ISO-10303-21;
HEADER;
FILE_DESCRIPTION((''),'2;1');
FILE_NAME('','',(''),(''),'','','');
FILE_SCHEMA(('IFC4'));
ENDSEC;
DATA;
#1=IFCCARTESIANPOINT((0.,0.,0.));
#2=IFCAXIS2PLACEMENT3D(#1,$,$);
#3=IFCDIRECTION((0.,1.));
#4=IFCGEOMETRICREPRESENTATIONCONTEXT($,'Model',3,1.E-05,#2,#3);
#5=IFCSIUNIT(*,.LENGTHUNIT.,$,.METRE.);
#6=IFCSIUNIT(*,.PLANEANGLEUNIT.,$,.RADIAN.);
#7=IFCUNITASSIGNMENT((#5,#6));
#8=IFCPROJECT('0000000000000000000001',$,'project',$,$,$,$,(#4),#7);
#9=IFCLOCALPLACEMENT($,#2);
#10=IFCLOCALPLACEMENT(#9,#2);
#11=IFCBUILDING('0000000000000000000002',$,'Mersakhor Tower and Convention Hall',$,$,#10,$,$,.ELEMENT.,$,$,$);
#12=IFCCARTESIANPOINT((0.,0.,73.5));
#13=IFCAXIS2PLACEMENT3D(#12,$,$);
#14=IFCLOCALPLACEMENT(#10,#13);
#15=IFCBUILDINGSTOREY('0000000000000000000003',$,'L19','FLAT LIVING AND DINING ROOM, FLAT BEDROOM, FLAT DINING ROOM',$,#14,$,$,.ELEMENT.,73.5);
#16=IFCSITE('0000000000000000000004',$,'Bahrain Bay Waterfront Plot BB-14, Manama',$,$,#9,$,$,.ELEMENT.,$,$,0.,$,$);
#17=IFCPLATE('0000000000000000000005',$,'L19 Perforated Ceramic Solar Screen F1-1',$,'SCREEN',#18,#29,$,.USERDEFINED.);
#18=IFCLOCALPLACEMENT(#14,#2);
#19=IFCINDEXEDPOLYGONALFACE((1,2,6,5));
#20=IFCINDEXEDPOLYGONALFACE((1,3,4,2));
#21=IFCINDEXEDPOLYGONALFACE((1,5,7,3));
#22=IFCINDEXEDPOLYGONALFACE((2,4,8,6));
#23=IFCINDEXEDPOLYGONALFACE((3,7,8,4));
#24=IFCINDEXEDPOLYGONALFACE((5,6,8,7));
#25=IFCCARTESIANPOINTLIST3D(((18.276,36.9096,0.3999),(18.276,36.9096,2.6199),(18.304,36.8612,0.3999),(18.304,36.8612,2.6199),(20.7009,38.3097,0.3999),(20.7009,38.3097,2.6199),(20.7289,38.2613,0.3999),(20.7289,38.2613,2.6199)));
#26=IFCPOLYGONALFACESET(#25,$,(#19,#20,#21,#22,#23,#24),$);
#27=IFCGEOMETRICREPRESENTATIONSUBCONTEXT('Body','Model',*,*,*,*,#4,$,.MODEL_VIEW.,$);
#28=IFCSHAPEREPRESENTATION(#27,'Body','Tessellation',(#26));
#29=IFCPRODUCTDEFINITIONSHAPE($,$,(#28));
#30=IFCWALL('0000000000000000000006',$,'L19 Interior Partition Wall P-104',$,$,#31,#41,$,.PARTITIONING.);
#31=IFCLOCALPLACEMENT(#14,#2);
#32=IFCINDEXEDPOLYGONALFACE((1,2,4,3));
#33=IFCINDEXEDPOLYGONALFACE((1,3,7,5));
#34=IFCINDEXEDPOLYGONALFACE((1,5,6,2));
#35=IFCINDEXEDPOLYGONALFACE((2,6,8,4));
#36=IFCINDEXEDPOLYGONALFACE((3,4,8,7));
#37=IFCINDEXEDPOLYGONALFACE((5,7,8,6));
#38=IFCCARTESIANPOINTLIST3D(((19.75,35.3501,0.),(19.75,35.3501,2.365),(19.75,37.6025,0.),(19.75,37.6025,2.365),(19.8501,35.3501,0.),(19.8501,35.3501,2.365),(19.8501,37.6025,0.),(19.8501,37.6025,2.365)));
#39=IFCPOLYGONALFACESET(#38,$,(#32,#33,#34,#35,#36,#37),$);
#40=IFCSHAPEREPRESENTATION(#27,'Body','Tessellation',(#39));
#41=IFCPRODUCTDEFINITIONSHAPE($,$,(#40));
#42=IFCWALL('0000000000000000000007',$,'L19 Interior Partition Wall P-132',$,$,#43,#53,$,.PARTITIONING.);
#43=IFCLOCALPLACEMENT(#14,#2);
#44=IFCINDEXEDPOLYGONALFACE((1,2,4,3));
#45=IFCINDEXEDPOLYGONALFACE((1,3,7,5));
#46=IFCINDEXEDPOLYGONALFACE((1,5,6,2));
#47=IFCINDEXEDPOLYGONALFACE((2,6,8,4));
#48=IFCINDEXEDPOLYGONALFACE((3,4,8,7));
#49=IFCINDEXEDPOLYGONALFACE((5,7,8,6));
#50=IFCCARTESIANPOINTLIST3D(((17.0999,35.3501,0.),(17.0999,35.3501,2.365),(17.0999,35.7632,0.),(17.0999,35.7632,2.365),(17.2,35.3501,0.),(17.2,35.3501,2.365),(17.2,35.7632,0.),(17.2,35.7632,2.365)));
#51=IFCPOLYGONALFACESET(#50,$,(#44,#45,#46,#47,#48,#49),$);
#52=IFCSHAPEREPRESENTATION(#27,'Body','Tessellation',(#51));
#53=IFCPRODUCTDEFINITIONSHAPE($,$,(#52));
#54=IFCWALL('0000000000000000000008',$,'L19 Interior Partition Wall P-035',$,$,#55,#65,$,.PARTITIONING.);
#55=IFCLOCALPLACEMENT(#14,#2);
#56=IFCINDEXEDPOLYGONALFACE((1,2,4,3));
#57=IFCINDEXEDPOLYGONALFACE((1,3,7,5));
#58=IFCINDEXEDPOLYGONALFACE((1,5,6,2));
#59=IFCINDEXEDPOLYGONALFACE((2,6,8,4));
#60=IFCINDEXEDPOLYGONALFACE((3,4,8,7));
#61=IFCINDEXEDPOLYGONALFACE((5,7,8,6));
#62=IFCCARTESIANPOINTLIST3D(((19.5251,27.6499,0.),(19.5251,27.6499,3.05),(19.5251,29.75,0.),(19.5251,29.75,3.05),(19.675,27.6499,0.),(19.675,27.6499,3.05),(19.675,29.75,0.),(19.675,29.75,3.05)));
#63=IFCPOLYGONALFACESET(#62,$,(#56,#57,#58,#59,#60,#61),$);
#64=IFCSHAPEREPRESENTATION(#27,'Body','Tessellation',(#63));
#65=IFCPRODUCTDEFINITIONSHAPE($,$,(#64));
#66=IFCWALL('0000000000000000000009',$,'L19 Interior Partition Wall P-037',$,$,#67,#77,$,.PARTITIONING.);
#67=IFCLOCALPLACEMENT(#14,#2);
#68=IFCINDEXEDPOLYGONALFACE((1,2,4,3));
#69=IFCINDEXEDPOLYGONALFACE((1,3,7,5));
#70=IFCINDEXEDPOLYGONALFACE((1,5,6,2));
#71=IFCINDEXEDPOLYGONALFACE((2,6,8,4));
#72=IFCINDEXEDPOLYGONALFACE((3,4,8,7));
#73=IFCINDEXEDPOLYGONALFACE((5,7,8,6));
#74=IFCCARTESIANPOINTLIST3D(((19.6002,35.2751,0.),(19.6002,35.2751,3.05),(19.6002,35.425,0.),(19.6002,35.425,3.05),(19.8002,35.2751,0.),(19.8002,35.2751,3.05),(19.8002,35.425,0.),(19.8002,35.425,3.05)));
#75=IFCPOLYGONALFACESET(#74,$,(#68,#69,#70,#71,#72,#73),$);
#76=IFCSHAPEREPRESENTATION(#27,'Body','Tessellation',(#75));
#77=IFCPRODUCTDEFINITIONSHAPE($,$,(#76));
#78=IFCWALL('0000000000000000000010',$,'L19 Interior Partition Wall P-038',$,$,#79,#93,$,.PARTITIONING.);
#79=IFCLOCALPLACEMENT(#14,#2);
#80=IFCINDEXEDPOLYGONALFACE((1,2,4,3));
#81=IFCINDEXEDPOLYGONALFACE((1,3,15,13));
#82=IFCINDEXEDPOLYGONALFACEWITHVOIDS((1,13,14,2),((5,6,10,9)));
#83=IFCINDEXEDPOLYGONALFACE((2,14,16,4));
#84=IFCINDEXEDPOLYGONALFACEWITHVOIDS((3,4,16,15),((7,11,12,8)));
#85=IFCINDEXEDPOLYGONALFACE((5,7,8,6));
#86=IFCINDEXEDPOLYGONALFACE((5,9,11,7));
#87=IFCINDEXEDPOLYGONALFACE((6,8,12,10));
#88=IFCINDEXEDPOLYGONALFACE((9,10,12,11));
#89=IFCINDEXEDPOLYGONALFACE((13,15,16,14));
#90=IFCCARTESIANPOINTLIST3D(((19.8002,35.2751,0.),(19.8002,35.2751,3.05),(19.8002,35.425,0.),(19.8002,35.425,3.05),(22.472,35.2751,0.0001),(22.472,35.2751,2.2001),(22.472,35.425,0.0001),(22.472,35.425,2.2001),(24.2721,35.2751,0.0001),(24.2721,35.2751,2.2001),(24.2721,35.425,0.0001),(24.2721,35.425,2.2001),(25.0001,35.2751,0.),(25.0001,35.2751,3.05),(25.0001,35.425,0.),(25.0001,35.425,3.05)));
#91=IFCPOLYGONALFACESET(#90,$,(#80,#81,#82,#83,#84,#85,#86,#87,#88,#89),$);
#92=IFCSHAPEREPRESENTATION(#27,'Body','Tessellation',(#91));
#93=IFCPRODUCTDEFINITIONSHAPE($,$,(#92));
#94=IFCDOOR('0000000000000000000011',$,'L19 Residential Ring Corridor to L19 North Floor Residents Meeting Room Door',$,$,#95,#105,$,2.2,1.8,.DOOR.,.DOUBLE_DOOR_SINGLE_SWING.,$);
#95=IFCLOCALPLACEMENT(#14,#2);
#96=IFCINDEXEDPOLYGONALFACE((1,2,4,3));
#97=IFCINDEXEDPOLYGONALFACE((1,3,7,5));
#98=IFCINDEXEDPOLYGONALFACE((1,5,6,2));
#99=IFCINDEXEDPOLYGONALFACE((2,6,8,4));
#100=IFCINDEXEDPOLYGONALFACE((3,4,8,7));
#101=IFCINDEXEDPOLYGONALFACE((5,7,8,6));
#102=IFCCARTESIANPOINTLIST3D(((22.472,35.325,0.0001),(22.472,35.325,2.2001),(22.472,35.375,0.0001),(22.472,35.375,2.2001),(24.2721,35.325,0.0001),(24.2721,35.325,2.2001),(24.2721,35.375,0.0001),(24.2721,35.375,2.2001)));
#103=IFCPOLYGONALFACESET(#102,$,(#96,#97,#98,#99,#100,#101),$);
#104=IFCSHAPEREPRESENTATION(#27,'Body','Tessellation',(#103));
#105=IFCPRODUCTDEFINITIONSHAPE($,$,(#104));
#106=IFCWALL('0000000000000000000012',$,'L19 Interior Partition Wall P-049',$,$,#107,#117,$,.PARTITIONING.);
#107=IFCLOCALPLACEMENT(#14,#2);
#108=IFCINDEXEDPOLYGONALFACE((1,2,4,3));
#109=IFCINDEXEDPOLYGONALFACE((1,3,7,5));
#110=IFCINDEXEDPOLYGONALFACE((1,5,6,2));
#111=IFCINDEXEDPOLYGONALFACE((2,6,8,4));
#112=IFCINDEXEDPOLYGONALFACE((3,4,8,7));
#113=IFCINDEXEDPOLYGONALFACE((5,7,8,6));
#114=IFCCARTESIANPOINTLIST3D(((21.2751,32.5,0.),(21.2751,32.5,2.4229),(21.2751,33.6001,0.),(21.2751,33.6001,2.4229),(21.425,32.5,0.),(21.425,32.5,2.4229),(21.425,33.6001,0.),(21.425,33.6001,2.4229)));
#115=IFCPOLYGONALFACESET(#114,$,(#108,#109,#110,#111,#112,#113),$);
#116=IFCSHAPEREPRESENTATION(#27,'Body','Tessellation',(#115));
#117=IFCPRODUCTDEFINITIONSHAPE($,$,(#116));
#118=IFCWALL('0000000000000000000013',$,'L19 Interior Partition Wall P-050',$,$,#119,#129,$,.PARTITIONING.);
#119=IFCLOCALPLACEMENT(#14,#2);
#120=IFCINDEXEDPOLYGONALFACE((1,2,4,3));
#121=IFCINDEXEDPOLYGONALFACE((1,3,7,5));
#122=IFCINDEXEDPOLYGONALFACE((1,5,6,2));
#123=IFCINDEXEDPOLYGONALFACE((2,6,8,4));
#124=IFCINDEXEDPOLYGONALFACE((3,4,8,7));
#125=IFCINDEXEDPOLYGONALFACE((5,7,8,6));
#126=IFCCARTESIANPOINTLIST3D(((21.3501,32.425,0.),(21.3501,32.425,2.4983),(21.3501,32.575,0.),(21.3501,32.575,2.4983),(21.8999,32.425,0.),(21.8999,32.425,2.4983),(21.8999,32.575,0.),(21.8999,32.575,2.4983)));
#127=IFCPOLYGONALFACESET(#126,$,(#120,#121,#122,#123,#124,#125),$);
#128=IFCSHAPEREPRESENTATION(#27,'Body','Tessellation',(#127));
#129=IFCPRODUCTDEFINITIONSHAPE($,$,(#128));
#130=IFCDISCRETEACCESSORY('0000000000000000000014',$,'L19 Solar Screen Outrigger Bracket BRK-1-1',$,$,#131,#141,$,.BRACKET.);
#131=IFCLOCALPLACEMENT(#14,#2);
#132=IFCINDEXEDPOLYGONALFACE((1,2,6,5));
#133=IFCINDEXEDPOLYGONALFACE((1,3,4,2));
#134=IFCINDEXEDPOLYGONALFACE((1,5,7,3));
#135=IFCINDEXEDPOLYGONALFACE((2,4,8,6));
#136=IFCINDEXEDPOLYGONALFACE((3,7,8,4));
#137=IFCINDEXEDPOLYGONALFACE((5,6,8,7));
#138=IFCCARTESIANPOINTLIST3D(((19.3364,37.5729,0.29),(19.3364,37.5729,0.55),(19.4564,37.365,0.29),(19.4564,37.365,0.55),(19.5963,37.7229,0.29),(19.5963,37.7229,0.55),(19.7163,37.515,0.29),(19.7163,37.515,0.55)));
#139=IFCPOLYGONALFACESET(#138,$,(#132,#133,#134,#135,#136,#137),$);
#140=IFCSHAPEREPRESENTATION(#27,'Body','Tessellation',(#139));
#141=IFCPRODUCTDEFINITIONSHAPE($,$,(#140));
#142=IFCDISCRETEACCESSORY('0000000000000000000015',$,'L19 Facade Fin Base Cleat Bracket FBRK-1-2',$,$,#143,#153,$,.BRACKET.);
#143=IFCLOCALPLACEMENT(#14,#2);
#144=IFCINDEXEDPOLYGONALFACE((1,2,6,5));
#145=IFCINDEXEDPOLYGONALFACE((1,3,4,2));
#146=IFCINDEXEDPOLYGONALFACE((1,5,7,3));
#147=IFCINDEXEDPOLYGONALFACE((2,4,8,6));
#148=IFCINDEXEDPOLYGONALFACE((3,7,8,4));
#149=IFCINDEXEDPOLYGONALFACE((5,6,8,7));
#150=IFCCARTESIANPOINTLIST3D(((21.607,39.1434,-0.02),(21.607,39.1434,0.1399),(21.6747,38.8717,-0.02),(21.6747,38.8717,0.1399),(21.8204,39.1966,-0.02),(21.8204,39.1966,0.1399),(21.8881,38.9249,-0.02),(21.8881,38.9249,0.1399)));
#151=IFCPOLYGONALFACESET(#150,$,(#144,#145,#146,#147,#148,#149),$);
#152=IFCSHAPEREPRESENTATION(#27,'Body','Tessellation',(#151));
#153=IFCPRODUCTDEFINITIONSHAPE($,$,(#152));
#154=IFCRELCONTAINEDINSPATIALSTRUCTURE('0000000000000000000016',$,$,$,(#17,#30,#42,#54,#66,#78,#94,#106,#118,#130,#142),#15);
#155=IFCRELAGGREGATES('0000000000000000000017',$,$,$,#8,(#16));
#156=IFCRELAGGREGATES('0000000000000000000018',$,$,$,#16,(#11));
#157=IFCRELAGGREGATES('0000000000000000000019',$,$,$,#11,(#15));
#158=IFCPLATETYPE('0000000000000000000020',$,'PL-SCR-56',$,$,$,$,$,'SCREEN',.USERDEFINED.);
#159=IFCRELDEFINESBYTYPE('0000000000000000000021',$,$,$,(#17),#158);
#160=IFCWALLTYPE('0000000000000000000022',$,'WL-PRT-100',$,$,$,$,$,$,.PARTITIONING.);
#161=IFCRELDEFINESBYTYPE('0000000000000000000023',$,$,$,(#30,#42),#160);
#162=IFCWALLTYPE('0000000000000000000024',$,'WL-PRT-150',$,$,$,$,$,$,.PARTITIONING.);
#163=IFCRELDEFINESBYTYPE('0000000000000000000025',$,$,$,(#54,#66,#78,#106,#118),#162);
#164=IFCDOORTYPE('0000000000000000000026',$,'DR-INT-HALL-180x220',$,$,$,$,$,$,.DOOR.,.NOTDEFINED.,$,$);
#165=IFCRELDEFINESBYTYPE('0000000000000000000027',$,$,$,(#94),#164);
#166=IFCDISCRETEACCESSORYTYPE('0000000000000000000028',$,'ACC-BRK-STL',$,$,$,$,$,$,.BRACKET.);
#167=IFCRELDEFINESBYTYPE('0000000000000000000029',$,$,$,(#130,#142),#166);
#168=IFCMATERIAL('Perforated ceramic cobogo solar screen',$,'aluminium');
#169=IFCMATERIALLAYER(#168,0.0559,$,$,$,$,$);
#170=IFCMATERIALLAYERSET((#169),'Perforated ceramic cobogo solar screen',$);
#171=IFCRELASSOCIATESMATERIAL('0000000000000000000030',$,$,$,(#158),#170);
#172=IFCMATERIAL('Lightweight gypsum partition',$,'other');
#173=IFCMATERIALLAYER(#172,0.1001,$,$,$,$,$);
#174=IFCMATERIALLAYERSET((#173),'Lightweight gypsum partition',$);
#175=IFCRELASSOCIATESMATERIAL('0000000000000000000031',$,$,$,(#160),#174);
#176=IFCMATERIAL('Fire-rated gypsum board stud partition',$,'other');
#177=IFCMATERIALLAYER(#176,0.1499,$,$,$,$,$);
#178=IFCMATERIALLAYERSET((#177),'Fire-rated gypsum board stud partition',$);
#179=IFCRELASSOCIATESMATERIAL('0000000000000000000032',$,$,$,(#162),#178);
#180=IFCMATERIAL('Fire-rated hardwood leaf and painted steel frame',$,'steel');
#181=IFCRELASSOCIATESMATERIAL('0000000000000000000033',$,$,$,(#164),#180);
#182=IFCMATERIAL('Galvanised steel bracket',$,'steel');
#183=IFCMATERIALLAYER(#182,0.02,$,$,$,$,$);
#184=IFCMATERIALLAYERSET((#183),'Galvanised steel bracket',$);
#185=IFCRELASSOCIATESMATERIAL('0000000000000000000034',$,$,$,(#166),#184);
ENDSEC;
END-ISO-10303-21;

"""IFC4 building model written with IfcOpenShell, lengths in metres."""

from ifc_helpers import new_model, si_unit, direction, frame, frame_2d, origin, origin_2d, place, context, subcontext, project, spatial, rectangle, extrude, material, layer, layer_set, type_object, element, fill, save


model = new_model("IFC4")

# Units and contexts
model_context = context("Model", 3, precision=1e-05, world=origin(), true_north=direction((0.0, 1.0)))
body_context = subcontext(model_context, "Body", "Model", "MODEL_VIEW")
ifc_project = project(units=[si_unit("LENGTHUNIT", "METRE"), si_unit("PLANEANGLEUNIT", "RADIAN")], contexts=[model_context])

# Site, building, storey
site_placement = place(None, origin())
site = spatial("IfcSite", under=ifc_project, at=site_placement, Name="Bahrain Bay Waterfront Plot BB-14, Manama", CompositionType="ELEMENT", RefElevation=0.0)
building_placement = place(site_placement, origin())
building = spatial("IfcBuilding", under=site, at=building_placement, Name="Mersakhor Tower and Convention Hall", CompositionType="ELEMENT")
storey_placement = place(building_placement, frame((0.0, 0.0, 73.5)))
storey = spatial("IfcBuildingStorey", under=building, at=storey_placement, Name="L19", Description="FLAT LIVING AND DINING ROOM, FLAT BEDROOM, FLAT DINING ROOM", CompositionType="ELEMENT", Elevation=73.5)

# Plate
ifc_material_1 = material(Name="Perforated ceramic cobogo solar screen", Category="aluminium")
ifc_layer_1 = layer(ifc_material_1, 0.0559)
ifc_layer_set_1 = layer_set([ifc_layer_1], Name="Perforated ceramic cobogo solar screen")
plate_type_1 = type_object("IfcPlateType", Name="PL-SCR-56", ElementType="SCREEN", PredefinedType="USERDEFINED", material=ifc_layer_set_1)
plate_1_placement = place(storey_placement, frame((19.5024, 37.5854, 0.3999), z_axis=(0.0, 0.0, 1.0), x_axis=(0.866025, 0.5, 0.0)))
element("IfcPlate", 1, at=plate_1_placement, inside=storey, type_object=plate_type_1, Name="L19 Perforated Ceramic Solar Screen F1-1", ObjectType="SCREEN", PredefinedType="USERDEFINED", context=body_context, shape_type="SweptSolid", body=[
    extrude(rectangle(XDim=2.8, YDim=0.0559, at=origin_2d()), origin(), (0.0, 0.0, 1.0), 2.22),
])

# Walls
ifc_material_2 = material(Name="Lightweight gypsum partition", Category="other")
ifc_layer_2 = layer(ifc_material_2, 0.1001)
ifc_layer_set_2 = layer_set([ifc_layer_2], Name="Lightweight gypsum partition")
wall_type_1 = type_object("IfcWallType", Name="WL-PRT-100", PredefinedType="PARTITIONING", material=ifc_layer_set_2)
wall_1_placement = place(storey_placement, frame((19.8, 35.3501, 0.0), z_axis=(0.0, 0.0, 1.0), x_axis=(0.0, 1.0, 0.0)))
element("IfcWall", 2, at=wall_1_placement, inside=storey, type_object=wall_type_1, Name="L19 Interior Partition Wall P-104", PredefinedType="PARTITIONING", context=body_context, shape_type="SweptSolid", body=[
    extrude(rectangle(XDim=2.2524, YDim=0.1001, at=frame_2d((1.1262, 0.0))), origin(), (0.0, 0.0, 1.0), 2.365),
])
wall_2_placement = place(storey_placement, frame((17.1499, 35.7632, 0.0), z_axis=(0.0, 0.0, 1.0), x_axis=(0.0, -1.0, 0.0)))
element("IfcWall", 3, at=wall_2_placement, inside=storey, type_object=wall_type_1, Name="L19 Interior Partition Wall P-132", PredefinedType="PARTITIONING", context=body_context, shape_type="SweptSolid", body=[
    extrude(rectangle(XDim=0.4131, YDim=0.1001, at=frame_2d((0.2065, 0.0))), origin(), (0.0, 0.0, 1.0), 2.365),
])
ifc_material_3 = material(Name="Fire-rated gypsum board stud partition", Category="other")
ifc_layer_3 = layer(ifc_material_3, 0.1499)
ifc_layer_set_3 = layer_set([ifc_layer_3], Name="Fire-rated gypsum board stud partition")
wall_type_2 = type_object("IfcWallType", Name="WL-PRT-150", PredefinedType="PARTITIONING", material=ifc_layer_set_3)
wall_3_placement = place(storey_placement, frame((19.6001, 27.6499, 0.0), z_axis=(0.0, 0.0, 1.0), x_axis=(0.0, 1.0, 0.0)))
element("IfcWall", 4, at=wall_3_placement, inside=storey, type_object=wall_type_2, Name="L19 Interior Partition Wall P-035", PredefinedType="PARTITIONING", context=body_context, shape_type="SweptSolid", body=[
    extrude(rectangle(XDim=2.1001, YDim=0.1499, at=frame_2d((1.05, 0.0))), origin(), (0.0, 0.0, 1.0), 3.05),
])

# Wall
wall_4_placement = place(storey_placement, frame((19.6001, 35.3501, 0.0), z_axis=(0.0, 0.0, 1.0), x_axis=(1.0, 0.0, 0.0)))
element("IfcWall", 5, at=wall_4_placement, inside=storey, type_object=wall_type_2, Name="L19 Interior Partition Wall P-037", PredefinedType="PARTITIONING", context=body_context, shape_type="SweptSolid", body=[
    extrude(rectangle(XDim=0.2, YDim=0.1499, at=frame_2d((0.1001, 0.0))), origin(), (0.0, 0.0, 1.0), 3.05),
])

# Wall, opening, door
wall_5_placement = place(storey_placement, frame((19.8, 35.3501, 0.0), z_axis=(0.0, 0.0, 1.0), x_axis=(1.0, 0.0, 0.0)))
wall_5 = element("IfcWall", 6, at=wall_5_placement, inside=storey, type_object=wall_type_2, Name="L19 Interior Partition Wall P-038", PredefinedType="PARTITIONING", context=body_context, shape_type="SweptSolid", body=[
    extrude(rectangle(XDim=5.2, YDim=0.1499, at=frame_2d((2.6001, 0.0))), origin(), (0.0, 0.0, 1.0), 3.05),
])
opening_1_placement = place(wall_5_placement, frame((2.6721, 0.0, 0.0)))
opening_1 = element("IfcOpeningElement", 7, at=opening_1_placement, cuts=wall_5, PredefinedType="OPENING", context=body_context, shape_type="SweptSolid", body=[
    extrude(rectangle(XDim=1.8, YDim=2.2, at=frame_2d((0.8999, 1.1001))), frame((0.0, 0.085, 0.0), z_axis=(0.0, -1.0, 0.0), x_axis=(1.0, 0.0, 0.0)), (0.0, 0.0, 1.0), 0.1699),
])
ifc_material_4 = material(Name="Fire-rated hardwood leaf and painted steel frame", Category="steel")
door_type_1 = type_object("IfcDoorType", Name="DR-INT-HALL-180x220", OperationType="NOTDEFINED", PredefinedType="DOOR", material=ifc_material_4)
door_1_placement = place(opening_1_placement, origin())
door_1 = element("IfcDoor", 8, at=door_1_placement, inside=storey, type_object=door_type_1, Name="L19 Residential Ring Corridor to L19 North Floor Residents Meeting Room Door", OperationType="DOUBLE_DOOR_SINGLE_SWING", OverallHeight=2.2, OverallWidth=1.8, PredefinedType="DOOR", context=body_context, shape_type="SweptSolid", body=[
    extrude(rectangle(XDim=1.8, YDim=2.2, at=frame_2d((0.8999, 1.1001))), frame((0.0, 0.0249, 0.0), z_axis=(0.0, -1.0, 0.0), x_axis=(1.0, 0.0, 0.0)), (0.0, 0.0, 1.0), 0.05),
])
fill(opening_1, door_1)

# Walls
wall_6_placement = place(storey_placement, frame((21.3501, 33.6001, 0.0), z_axis=(0.0, 0.0, 1.0), x_axis=(0.0, -1.0, 0.0)))
element("IfcWall", 9, at=wall_6_placement, inside=storey, type_object=wall_type_2, Name="L19 Interior Partition Wall P-049", PredefinedType="PARTITIONING", context=body_context, shape_type="SweptSolid", body=[
    extrude(rectangle(XDim=1.1001, YDim=0.1499, at=frame_2d((0.55, 0.0))), origin(), (0.0, 0.0, 1.0), 2.4229),
])
wall_7_placement = place(storey_placement, frame((21.3501, 32.5, 0.0), z_axis=(0.0, 0.0, 1.0), x_axis=(1.0, 0.0, 0.0)))
element("IfcWall", 10, at=wall_7_placement, inside=storey, type_object=wall_type_2, Name="L19 Interior Partition Wall P-050", PredefinedType="PARTITIONING", context=body_context, shape_type="SweptSolid", body=[
    extrude(rectangle(XDim=0.5498, YDim=0.1499, at=frame_2d((0.2749, 0.0))), origin(), (0.0, 0.0, 1.0), 2.4983),
])

# Discrete accessories
ifc_material_5 = material(Name="Galvanised steel bracket", Category="steel")
ifc_layer_4 = layer(ifc_material_5, 0.02)
ifc_layer_set_4 = layer_set([ifc_layer_4], Name="Galvanised steel bracket")
discrete_accessory_type = type_object("IfcDiscreteAccessoryType", Name="ACC-BRK-STL", PredefinedType="BRACKET", material=ifc_layer_set_4)
discrete_accessory_1_placement = place(storey_placement, frame((19.5264, 37.5439, 0.29), z_axis=(0.0, 0.0, 1.0), x_axis=(0.866025, 0.5, 0.0)))
element("IfcDiscreteAccessory", 11, at=discrete_accessory_1_placement, inside=storey, type_object=discrete_accessory_type, Name="L19 Solar Screen Outrigger Bracket BRK-1-1", PredefinedType="BRACKET", context=body_context, shape_type="SweptSolid", body=[
    extrude(rectangle(XDim=0.3, YDim=0.24, at=origin_2d()), origin(), (0.0, 0.0, 1.0), 0.26),
])
discrete_accessory_2_placement = place(storey_placement, frame((21.7476, 39.0342, -0.02), z_axis=(0.0, 0.0, 1.0), x_axis=(-0.241922, 0.970296, 0.0)))
element("IfcDiscreteAccessory", 12, at=discrete_accessory_2_placement, inside=storey, type_object=discrete_accessory_type, Name="L19 Facade Fin Base Cleat Bracket FBRK-1-2", PredefinedType="BRACKET", context=body_context, shape_type="SweptSolid", body=[
    extrude(rectangle(XDim=0.28, YDim=0.22, at=origin_2d()), origin(), (0.0, 0.0, 1.0), 0.1599),
])

save(model, "model.ifc")
